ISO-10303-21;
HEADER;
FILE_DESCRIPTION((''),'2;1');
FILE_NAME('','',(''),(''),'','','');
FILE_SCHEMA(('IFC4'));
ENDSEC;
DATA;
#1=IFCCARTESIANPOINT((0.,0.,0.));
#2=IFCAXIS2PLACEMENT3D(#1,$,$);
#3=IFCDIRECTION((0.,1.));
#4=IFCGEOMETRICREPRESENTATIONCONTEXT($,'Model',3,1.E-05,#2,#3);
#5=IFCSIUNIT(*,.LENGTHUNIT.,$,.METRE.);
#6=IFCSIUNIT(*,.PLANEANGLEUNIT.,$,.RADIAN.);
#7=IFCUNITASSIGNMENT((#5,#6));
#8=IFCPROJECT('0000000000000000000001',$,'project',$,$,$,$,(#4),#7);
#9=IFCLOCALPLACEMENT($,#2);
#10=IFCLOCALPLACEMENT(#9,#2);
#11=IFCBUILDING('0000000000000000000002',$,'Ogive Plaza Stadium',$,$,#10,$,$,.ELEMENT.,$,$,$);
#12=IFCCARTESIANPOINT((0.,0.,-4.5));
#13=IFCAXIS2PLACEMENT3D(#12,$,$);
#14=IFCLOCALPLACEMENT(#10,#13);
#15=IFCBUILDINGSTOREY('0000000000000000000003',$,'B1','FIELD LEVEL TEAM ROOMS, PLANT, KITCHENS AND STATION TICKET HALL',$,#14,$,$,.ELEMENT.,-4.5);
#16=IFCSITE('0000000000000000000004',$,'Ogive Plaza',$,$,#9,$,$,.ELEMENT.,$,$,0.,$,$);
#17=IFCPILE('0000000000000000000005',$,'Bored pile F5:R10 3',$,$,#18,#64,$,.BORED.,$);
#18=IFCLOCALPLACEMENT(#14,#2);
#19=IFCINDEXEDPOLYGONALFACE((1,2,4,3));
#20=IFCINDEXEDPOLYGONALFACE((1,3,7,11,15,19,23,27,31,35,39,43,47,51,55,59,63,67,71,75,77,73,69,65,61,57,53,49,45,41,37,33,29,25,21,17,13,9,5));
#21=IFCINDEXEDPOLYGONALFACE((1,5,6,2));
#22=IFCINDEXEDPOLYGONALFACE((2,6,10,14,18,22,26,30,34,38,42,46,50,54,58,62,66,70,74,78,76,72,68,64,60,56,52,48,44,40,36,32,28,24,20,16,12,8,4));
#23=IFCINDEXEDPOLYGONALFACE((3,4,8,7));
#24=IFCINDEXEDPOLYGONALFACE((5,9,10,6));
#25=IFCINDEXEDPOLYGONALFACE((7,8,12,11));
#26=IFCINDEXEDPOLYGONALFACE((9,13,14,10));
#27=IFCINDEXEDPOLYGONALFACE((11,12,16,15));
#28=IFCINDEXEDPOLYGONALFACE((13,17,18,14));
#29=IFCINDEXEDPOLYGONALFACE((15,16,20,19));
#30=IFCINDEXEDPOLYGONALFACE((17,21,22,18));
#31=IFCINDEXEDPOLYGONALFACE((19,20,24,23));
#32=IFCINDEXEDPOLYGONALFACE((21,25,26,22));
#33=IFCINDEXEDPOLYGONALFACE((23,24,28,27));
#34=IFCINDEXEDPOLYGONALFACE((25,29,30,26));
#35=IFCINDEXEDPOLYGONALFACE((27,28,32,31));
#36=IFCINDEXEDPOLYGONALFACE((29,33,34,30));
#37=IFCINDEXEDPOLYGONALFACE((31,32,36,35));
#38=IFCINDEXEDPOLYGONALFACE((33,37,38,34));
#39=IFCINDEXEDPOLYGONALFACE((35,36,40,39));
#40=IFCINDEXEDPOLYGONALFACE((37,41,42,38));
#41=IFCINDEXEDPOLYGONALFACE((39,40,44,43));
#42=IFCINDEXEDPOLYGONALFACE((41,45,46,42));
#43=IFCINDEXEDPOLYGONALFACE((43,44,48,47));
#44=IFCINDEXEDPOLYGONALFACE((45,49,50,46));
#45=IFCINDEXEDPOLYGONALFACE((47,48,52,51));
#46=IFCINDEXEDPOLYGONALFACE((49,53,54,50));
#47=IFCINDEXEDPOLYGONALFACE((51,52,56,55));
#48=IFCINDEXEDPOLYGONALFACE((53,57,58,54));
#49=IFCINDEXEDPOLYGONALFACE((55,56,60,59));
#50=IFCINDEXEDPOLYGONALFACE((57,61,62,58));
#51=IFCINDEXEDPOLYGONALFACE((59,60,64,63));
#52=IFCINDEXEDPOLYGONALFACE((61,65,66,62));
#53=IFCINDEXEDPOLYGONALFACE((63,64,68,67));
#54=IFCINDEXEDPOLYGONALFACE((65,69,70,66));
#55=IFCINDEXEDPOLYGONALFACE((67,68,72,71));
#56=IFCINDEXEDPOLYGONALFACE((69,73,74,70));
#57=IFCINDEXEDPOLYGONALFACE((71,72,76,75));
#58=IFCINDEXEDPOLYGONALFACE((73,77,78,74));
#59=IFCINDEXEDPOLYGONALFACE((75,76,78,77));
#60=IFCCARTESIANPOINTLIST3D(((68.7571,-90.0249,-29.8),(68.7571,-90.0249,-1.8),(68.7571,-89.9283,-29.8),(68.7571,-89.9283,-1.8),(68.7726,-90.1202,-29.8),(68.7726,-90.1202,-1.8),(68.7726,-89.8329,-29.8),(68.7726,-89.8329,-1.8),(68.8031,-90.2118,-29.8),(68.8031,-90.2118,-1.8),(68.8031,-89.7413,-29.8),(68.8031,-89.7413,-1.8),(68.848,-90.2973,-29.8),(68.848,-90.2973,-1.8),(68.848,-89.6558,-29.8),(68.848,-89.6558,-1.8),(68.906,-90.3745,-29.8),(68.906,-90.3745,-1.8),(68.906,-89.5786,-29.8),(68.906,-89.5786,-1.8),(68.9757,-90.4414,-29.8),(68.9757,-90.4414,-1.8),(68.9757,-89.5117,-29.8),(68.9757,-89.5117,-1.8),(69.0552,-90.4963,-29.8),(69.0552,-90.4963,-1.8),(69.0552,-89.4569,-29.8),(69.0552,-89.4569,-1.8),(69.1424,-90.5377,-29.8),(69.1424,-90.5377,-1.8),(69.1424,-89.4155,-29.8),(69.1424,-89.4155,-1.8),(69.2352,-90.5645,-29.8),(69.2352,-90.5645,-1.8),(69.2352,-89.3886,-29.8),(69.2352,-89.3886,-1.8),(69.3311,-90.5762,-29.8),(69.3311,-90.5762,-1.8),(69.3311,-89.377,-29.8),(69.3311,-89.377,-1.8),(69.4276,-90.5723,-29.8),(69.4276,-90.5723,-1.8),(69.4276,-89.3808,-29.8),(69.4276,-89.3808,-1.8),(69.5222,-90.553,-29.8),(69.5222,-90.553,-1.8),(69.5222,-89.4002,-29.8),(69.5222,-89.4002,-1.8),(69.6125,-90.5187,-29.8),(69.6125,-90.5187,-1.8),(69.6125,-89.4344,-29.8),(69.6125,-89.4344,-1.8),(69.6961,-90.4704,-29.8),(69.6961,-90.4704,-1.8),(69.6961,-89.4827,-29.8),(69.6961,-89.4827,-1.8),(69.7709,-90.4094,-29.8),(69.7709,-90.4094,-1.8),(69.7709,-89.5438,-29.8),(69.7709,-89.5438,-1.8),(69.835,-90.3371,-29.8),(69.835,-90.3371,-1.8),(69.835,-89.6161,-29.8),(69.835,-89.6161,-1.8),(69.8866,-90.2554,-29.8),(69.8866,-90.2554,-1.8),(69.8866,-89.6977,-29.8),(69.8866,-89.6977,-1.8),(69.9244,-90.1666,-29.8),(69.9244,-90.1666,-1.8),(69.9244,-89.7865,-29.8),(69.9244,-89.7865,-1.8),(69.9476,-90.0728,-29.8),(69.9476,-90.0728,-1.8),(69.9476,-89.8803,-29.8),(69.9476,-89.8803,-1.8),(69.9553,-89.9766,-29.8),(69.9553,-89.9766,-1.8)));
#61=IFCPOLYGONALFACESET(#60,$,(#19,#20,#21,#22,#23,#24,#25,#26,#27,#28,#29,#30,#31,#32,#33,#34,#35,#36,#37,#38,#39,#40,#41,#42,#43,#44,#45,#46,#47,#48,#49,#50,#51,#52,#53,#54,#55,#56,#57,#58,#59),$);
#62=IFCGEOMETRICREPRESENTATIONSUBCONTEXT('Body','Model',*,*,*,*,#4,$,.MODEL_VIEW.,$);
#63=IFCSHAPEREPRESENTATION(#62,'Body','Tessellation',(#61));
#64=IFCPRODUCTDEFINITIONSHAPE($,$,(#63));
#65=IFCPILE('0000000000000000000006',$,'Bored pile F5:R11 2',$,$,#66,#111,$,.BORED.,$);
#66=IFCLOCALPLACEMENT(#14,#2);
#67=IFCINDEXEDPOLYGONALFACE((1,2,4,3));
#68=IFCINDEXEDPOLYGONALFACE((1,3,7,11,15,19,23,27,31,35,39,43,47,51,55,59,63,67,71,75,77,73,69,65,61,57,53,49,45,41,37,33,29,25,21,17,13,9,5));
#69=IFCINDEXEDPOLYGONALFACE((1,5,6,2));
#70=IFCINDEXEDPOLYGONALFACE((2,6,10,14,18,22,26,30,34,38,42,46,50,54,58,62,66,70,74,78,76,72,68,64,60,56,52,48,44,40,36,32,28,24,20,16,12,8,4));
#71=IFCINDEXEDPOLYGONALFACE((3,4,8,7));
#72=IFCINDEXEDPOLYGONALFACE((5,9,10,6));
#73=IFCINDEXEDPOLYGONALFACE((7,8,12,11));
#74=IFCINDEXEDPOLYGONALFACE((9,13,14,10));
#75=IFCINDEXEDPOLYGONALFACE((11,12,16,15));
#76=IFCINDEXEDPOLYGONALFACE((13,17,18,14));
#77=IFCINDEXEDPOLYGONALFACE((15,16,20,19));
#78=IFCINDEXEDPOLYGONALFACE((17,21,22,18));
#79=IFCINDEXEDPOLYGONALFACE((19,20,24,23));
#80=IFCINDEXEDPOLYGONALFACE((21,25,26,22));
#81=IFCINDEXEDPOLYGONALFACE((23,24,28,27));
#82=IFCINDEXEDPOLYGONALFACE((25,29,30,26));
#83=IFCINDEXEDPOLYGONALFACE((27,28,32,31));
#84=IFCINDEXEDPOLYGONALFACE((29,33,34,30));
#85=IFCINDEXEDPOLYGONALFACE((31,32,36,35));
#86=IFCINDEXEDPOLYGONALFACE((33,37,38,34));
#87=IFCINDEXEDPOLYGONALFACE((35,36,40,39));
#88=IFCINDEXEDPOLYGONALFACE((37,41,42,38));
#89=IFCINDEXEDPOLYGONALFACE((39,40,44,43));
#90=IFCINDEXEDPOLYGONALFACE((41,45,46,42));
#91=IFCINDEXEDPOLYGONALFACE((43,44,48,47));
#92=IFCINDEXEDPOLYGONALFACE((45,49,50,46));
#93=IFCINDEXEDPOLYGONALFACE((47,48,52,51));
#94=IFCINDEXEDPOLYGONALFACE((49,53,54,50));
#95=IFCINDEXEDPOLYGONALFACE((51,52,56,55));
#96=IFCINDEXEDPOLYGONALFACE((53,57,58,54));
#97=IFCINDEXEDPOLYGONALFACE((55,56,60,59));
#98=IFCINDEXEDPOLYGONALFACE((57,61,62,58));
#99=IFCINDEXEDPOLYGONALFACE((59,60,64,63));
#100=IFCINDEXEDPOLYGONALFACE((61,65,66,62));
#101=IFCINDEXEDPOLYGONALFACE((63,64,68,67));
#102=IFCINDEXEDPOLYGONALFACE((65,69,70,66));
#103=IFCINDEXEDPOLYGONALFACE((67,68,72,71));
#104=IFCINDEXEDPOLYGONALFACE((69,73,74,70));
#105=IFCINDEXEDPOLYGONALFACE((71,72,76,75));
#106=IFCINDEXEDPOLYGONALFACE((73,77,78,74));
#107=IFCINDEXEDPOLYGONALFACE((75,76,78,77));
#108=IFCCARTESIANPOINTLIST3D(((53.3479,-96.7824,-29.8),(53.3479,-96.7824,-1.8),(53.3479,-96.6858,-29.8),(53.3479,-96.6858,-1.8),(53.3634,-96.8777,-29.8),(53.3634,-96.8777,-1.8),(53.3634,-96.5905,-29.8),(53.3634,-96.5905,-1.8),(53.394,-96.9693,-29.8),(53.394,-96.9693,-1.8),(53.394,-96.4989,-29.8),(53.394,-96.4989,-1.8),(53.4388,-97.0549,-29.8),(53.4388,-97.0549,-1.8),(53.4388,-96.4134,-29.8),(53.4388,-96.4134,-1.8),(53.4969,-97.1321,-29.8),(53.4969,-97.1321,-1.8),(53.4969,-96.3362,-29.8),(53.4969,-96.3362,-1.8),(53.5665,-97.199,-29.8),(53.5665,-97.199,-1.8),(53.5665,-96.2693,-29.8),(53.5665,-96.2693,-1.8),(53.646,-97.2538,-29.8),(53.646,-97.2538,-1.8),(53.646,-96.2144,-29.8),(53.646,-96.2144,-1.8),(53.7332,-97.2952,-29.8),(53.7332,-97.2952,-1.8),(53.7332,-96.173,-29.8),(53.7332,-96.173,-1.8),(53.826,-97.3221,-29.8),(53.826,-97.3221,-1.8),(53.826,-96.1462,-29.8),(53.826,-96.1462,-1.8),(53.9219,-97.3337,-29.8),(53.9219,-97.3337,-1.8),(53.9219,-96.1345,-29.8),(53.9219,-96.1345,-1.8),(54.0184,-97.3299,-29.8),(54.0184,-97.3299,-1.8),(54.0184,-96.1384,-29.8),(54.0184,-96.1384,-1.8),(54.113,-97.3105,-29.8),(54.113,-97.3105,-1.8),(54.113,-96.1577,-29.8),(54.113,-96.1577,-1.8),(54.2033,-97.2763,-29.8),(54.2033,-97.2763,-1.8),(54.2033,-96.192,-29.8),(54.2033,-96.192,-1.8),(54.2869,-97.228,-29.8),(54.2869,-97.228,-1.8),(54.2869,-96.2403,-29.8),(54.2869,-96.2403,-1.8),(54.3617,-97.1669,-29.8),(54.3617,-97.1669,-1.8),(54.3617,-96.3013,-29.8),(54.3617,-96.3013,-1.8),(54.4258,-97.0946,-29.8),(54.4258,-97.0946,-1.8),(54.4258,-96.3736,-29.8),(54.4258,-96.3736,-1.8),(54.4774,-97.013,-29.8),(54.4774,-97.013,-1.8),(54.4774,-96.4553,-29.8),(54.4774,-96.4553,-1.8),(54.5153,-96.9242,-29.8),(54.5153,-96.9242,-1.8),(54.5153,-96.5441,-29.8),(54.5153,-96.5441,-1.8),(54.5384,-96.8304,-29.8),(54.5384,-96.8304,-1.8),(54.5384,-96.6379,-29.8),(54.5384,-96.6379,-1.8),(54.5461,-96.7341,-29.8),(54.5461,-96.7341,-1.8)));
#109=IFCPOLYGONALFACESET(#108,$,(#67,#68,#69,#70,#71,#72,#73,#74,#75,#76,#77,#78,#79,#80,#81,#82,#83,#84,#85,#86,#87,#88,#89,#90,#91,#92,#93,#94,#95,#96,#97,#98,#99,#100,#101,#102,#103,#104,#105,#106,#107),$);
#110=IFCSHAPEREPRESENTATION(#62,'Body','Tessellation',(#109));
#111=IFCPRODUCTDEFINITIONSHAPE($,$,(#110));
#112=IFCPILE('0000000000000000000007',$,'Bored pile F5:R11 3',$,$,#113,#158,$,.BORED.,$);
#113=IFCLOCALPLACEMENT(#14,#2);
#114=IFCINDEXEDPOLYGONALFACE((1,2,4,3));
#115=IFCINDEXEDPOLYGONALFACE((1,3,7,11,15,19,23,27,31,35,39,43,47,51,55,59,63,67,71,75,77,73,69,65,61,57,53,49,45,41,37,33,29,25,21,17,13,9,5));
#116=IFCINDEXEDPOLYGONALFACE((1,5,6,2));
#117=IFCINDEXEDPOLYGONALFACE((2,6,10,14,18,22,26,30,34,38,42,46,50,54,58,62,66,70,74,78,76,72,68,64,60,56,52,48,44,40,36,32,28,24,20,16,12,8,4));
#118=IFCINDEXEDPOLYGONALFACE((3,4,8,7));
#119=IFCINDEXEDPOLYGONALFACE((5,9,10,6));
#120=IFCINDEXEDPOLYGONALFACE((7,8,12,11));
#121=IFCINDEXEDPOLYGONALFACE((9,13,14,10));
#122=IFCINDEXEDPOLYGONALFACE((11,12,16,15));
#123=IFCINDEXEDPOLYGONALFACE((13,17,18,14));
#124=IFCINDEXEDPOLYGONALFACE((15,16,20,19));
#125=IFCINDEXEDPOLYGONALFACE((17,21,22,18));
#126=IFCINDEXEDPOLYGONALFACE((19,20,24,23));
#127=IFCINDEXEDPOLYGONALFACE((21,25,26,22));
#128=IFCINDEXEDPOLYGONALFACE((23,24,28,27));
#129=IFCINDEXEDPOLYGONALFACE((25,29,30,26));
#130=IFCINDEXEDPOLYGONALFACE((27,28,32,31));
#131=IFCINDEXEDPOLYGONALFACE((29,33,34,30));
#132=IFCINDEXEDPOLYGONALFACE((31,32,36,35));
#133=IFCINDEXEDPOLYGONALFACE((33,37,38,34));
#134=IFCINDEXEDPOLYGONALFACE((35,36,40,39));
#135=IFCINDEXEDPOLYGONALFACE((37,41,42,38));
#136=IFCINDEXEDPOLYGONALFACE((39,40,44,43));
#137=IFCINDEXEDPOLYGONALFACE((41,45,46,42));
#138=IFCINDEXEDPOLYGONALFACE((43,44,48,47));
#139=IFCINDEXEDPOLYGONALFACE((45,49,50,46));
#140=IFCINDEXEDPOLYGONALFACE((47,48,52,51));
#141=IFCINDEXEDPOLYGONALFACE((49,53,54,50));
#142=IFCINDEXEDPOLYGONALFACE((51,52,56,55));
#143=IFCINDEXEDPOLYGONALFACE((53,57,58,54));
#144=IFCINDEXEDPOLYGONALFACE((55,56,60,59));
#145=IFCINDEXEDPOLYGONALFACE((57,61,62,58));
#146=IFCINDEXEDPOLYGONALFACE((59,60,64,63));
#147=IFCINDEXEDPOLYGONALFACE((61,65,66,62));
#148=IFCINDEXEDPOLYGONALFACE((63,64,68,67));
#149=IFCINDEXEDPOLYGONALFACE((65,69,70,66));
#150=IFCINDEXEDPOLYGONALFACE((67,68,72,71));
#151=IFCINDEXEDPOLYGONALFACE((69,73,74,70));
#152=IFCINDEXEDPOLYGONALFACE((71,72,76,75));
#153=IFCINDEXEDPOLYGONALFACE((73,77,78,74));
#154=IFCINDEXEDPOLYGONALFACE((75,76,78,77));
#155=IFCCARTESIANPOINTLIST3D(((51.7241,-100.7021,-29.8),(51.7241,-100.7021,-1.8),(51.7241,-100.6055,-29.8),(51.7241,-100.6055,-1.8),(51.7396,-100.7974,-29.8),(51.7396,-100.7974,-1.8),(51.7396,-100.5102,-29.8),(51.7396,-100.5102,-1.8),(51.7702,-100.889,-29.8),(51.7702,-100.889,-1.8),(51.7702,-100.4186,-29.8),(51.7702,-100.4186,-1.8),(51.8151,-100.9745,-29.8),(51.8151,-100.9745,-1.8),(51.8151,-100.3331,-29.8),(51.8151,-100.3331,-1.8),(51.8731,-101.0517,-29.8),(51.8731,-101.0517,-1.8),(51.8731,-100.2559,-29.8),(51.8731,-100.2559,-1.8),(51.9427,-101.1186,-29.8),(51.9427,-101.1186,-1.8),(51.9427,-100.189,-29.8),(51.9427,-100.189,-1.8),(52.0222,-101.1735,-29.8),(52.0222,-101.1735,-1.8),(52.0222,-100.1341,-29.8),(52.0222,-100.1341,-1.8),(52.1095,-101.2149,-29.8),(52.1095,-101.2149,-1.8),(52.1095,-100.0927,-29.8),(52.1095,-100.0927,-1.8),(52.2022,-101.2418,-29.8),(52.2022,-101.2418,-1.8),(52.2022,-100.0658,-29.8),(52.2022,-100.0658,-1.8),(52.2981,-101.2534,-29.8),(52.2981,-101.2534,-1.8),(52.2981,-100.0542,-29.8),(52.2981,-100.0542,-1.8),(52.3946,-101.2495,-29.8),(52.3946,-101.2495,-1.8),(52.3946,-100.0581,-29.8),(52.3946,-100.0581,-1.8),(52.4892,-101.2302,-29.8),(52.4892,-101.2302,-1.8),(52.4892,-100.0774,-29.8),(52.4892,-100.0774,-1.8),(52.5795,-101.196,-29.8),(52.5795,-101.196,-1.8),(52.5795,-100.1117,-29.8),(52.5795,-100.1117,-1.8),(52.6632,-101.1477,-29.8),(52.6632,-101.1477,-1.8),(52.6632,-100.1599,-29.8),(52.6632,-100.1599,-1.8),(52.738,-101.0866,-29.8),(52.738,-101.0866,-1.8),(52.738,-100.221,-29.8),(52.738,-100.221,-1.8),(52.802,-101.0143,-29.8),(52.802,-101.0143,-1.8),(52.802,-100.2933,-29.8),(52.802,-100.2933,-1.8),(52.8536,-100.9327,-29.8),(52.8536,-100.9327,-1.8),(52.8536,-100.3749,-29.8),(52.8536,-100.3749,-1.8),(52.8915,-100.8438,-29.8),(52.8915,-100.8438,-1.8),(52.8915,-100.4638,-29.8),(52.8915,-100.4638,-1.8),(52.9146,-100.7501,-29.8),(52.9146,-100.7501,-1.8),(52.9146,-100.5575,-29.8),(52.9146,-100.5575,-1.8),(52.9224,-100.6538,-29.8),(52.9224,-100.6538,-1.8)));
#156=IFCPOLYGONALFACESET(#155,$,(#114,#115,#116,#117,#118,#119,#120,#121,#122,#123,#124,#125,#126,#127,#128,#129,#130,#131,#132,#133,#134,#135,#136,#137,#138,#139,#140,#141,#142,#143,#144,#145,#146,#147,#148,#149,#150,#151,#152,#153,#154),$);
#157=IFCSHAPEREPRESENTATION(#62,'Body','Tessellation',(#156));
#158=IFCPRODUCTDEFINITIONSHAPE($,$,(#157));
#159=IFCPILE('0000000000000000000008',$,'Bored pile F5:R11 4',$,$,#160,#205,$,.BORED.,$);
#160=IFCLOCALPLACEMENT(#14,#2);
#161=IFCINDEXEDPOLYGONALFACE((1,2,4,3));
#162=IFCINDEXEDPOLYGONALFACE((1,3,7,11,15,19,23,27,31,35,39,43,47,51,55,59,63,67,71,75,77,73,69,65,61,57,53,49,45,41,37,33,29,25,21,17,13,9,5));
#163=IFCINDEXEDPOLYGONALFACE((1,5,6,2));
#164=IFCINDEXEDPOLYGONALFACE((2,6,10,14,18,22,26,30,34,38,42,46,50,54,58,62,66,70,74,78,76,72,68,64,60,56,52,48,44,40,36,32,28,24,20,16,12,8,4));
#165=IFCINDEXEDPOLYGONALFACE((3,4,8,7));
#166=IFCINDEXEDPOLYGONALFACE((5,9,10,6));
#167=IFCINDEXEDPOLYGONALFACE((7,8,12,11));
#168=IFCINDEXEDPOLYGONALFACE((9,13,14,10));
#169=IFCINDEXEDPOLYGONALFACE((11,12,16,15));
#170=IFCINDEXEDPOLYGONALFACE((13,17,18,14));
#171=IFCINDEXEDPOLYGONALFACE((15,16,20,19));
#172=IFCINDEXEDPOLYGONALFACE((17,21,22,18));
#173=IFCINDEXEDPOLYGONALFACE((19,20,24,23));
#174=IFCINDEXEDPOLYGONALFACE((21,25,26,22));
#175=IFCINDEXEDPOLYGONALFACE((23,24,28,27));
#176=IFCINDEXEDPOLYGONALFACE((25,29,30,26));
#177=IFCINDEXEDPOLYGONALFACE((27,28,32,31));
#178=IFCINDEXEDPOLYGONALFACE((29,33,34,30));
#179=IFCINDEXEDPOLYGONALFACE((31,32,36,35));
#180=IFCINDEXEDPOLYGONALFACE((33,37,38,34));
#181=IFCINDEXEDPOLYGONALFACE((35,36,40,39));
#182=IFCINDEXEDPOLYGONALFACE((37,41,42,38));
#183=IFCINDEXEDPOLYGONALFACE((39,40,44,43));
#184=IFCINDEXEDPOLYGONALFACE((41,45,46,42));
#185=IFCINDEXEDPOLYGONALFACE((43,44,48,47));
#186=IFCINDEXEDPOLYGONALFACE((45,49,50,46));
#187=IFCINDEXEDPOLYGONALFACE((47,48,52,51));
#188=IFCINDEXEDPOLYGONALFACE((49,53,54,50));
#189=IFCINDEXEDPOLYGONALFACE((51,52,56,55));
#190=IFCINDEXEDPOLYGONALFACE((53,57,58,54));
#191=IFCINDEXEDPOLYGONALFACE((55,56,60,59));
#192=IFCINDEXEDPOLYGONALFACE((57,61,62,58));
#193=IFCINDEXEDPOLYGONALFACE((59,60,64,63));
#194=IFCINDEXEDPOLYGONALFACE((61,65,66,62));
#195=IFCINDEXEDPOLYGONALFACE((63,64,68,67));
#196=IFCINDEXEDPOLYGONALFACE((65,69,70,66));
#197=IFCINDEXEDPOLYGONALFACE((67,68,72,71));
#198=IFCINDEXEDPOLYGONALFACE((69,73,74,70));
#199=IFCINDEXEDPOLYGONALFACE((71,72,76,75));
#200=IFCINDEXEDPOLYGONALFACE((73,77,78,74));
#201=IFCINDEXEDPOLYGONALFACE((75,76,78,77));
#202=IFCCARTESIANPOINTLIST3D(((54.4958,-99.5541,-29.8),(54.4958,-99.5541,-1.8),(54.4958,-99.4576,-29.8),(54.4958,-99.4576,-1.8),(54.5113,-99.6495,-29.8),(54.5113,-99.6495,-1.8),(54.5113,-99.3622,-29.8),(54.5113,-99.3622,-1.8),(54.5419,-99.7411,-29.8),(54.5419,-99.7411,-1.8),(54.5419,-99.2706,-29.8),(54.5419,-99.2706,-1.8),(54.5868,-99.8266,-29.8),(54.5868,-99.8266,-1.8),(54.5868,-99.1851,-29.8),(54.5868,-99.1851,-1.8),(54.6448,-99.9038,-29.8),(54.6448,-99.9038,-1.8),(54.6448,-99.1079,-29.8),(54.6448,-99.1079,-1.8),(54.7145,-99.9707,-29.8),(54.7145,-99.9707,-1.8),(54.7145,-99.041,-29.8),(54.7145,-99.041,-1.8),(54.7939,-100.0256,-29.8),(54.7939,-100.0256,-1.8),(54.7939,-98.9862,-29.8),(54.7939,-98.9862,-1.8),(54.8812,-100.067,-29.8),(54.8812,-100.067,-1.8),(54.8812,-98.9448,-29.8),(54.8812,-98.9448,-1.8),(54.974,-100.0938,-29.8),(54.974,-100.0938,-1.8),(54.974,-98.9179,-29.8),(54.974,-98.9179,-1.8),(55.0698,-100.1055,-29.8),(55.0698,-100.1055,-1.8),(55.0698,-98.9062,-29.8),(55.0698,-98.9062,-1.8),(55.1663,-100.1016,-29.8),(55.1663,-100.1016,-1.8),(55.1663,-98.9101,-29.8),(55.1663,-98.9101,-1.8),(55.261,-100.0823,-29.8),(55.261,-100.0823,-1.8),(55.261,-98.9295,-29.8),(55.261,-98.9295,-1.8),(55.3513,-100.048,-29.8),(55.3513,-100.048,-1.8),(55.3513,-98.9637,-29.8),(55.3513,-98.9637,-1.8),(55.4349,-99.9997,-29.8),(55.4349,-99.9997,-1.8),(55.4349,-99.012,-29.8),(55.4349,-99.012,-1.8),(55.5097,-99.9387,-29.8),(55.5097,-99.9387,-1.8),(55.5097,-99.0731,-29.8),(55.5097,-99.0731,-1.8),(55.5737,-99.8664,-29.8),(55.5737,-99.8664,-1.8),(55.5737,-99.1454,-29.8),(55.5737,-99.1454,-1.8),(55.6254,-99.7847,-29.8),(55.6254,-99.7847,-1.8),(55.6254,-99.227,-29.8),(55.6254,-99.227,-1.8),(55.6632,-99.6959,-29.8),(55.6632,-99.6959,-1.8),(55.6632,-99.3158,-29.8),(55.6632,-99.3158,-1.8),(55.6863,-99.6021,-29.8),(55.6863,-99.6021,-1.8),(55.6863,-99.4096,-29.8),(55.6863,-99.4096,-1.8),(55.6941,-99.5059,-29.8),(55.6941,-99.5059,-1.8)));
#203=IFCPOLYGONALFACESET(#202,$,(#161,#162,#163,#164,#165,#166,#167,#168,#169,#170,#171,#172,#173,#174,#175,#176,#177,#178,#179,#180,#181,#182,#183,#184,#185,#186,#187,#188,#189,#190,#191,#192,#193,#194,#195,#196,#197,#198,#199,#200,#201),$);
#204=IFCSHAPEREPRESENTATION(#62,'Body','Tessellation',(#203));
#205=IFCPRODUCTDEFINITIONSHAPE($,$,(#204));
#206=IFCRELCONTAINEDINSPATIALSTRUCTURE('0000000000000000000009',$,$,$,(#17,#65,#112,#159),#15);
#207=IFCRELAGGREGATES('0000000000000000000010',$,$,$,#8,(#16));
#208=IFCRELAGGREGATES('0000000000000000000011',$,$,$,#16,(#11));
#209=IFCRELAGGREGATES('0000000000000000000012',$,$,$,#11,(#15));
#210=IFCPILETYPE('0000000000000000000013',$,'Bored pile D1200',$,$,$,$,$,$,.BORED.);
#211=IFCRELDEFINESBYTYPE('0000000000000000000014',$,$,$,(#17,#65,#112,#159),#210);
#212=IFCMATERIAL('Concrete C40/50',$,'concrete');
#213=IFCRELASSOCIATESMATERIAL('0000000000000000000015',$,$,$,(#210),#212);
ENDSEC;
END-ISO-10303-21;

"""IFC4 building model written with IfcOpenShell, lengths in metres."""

from ifc_helpers import new_model, si_unit, direction, frame, origin, origin_2d, place, context, subcontext, project, spatial, circle, extrude, material, material_profile, profile_set, type_object, element, save


model = new_model("IFC4")

# Units and contexts
model_context = context("Model", 3, precision=1e-05, world=origin(), true_north=direction((0.0, 1.0)))
body_context = subcontext(model_context, "Body", "Model", "MODEL_VIEW")
ifc_project = project(units=[si_unit("LENGTHUNIT", "METRE"), si_unit("PLANEANGLEUNIT", "RADIAN")], contexts=[model_context])

# Site, building, storey
site_placement = place(None, origin())
site = spatial("IfcSite", under=ifc_project, at=site_placement, Name="Ogive Plaza", CompositionType="ELEMENT", RefElevation=0.0)
building_placement = place(site_placement, origin())
building = spatial("IfcBuilding", under=site, at=building_placement, Name="Ogive Plaza Stadium", CompositionType="ELEMENT")
storey_placement = place(building_placement, frame((0.0, 0.0, -4.5)))
storey = spatial("IfcBuildingStorey", under=building, at=storey_placement, Name="B1", Description="FIELD LEVEL TEAM ROOMS, PLANT, KITCHENS AND STATION TICKET HALL", CompositionType="ELEMENT", Elevation=-4.5)

# Piles
ifc_material_1 = material(Name="Concrete C40/50", Category="concrete")
ifc_material_profile_1 = material_profile(ifc_material_1, circle(Radius=0.6001, at=origin_2d()), Name="RC D1200")
ifc_profile_set_1 = profile_set([ifc_material_profile_1], Name="Concrete C40/50")
pile_type_1 = type_object("IfcPileType", Name="Bored pile D1200", PredefinedType="BORED", material=ifc_profile_set_1)
for number, where, z_axis, x_axis, name in (
    (1, (69.3552, -89.9766, -1.8), (0.0, 0.0, -1.0), (1.0, 0.0, 0.0), "Bored pile F5:R10 3"),
    (2, (53.946, -96.7341, -1.8), (0.0, 0.0, -1.0), (1.0, 0.0, 0.0), "Bored pile F5:R11 2"),
    (3, (52.3223, -100.6538, -1.8), (0.0, 0.0, -1.0), (1.0, 0.0, 0.0), "Bored pile F5:R11 3"),
    (4, (55.094, -99.5059, -1.8), (0.0, 0.0, -1.0), (1.0, 0.0, 0.0), "Bored pile F5:R11 4"),
):
    element("IfcPile", number, at=place(storey_placement, frame(where, z_axis=z_axis, x_axis=x_axis)), inside=storey, type_object=pile_type_1, Name=name, PredefinedType="BORED", context=body_context, shape_type="SweptSolid", body=[
        extrude(circle(Radius=0.6001, at=origin_2d()), origin(), (0.0, 0.0, 1.0), 28.0),
    ])

save(model, "model.ifc")
